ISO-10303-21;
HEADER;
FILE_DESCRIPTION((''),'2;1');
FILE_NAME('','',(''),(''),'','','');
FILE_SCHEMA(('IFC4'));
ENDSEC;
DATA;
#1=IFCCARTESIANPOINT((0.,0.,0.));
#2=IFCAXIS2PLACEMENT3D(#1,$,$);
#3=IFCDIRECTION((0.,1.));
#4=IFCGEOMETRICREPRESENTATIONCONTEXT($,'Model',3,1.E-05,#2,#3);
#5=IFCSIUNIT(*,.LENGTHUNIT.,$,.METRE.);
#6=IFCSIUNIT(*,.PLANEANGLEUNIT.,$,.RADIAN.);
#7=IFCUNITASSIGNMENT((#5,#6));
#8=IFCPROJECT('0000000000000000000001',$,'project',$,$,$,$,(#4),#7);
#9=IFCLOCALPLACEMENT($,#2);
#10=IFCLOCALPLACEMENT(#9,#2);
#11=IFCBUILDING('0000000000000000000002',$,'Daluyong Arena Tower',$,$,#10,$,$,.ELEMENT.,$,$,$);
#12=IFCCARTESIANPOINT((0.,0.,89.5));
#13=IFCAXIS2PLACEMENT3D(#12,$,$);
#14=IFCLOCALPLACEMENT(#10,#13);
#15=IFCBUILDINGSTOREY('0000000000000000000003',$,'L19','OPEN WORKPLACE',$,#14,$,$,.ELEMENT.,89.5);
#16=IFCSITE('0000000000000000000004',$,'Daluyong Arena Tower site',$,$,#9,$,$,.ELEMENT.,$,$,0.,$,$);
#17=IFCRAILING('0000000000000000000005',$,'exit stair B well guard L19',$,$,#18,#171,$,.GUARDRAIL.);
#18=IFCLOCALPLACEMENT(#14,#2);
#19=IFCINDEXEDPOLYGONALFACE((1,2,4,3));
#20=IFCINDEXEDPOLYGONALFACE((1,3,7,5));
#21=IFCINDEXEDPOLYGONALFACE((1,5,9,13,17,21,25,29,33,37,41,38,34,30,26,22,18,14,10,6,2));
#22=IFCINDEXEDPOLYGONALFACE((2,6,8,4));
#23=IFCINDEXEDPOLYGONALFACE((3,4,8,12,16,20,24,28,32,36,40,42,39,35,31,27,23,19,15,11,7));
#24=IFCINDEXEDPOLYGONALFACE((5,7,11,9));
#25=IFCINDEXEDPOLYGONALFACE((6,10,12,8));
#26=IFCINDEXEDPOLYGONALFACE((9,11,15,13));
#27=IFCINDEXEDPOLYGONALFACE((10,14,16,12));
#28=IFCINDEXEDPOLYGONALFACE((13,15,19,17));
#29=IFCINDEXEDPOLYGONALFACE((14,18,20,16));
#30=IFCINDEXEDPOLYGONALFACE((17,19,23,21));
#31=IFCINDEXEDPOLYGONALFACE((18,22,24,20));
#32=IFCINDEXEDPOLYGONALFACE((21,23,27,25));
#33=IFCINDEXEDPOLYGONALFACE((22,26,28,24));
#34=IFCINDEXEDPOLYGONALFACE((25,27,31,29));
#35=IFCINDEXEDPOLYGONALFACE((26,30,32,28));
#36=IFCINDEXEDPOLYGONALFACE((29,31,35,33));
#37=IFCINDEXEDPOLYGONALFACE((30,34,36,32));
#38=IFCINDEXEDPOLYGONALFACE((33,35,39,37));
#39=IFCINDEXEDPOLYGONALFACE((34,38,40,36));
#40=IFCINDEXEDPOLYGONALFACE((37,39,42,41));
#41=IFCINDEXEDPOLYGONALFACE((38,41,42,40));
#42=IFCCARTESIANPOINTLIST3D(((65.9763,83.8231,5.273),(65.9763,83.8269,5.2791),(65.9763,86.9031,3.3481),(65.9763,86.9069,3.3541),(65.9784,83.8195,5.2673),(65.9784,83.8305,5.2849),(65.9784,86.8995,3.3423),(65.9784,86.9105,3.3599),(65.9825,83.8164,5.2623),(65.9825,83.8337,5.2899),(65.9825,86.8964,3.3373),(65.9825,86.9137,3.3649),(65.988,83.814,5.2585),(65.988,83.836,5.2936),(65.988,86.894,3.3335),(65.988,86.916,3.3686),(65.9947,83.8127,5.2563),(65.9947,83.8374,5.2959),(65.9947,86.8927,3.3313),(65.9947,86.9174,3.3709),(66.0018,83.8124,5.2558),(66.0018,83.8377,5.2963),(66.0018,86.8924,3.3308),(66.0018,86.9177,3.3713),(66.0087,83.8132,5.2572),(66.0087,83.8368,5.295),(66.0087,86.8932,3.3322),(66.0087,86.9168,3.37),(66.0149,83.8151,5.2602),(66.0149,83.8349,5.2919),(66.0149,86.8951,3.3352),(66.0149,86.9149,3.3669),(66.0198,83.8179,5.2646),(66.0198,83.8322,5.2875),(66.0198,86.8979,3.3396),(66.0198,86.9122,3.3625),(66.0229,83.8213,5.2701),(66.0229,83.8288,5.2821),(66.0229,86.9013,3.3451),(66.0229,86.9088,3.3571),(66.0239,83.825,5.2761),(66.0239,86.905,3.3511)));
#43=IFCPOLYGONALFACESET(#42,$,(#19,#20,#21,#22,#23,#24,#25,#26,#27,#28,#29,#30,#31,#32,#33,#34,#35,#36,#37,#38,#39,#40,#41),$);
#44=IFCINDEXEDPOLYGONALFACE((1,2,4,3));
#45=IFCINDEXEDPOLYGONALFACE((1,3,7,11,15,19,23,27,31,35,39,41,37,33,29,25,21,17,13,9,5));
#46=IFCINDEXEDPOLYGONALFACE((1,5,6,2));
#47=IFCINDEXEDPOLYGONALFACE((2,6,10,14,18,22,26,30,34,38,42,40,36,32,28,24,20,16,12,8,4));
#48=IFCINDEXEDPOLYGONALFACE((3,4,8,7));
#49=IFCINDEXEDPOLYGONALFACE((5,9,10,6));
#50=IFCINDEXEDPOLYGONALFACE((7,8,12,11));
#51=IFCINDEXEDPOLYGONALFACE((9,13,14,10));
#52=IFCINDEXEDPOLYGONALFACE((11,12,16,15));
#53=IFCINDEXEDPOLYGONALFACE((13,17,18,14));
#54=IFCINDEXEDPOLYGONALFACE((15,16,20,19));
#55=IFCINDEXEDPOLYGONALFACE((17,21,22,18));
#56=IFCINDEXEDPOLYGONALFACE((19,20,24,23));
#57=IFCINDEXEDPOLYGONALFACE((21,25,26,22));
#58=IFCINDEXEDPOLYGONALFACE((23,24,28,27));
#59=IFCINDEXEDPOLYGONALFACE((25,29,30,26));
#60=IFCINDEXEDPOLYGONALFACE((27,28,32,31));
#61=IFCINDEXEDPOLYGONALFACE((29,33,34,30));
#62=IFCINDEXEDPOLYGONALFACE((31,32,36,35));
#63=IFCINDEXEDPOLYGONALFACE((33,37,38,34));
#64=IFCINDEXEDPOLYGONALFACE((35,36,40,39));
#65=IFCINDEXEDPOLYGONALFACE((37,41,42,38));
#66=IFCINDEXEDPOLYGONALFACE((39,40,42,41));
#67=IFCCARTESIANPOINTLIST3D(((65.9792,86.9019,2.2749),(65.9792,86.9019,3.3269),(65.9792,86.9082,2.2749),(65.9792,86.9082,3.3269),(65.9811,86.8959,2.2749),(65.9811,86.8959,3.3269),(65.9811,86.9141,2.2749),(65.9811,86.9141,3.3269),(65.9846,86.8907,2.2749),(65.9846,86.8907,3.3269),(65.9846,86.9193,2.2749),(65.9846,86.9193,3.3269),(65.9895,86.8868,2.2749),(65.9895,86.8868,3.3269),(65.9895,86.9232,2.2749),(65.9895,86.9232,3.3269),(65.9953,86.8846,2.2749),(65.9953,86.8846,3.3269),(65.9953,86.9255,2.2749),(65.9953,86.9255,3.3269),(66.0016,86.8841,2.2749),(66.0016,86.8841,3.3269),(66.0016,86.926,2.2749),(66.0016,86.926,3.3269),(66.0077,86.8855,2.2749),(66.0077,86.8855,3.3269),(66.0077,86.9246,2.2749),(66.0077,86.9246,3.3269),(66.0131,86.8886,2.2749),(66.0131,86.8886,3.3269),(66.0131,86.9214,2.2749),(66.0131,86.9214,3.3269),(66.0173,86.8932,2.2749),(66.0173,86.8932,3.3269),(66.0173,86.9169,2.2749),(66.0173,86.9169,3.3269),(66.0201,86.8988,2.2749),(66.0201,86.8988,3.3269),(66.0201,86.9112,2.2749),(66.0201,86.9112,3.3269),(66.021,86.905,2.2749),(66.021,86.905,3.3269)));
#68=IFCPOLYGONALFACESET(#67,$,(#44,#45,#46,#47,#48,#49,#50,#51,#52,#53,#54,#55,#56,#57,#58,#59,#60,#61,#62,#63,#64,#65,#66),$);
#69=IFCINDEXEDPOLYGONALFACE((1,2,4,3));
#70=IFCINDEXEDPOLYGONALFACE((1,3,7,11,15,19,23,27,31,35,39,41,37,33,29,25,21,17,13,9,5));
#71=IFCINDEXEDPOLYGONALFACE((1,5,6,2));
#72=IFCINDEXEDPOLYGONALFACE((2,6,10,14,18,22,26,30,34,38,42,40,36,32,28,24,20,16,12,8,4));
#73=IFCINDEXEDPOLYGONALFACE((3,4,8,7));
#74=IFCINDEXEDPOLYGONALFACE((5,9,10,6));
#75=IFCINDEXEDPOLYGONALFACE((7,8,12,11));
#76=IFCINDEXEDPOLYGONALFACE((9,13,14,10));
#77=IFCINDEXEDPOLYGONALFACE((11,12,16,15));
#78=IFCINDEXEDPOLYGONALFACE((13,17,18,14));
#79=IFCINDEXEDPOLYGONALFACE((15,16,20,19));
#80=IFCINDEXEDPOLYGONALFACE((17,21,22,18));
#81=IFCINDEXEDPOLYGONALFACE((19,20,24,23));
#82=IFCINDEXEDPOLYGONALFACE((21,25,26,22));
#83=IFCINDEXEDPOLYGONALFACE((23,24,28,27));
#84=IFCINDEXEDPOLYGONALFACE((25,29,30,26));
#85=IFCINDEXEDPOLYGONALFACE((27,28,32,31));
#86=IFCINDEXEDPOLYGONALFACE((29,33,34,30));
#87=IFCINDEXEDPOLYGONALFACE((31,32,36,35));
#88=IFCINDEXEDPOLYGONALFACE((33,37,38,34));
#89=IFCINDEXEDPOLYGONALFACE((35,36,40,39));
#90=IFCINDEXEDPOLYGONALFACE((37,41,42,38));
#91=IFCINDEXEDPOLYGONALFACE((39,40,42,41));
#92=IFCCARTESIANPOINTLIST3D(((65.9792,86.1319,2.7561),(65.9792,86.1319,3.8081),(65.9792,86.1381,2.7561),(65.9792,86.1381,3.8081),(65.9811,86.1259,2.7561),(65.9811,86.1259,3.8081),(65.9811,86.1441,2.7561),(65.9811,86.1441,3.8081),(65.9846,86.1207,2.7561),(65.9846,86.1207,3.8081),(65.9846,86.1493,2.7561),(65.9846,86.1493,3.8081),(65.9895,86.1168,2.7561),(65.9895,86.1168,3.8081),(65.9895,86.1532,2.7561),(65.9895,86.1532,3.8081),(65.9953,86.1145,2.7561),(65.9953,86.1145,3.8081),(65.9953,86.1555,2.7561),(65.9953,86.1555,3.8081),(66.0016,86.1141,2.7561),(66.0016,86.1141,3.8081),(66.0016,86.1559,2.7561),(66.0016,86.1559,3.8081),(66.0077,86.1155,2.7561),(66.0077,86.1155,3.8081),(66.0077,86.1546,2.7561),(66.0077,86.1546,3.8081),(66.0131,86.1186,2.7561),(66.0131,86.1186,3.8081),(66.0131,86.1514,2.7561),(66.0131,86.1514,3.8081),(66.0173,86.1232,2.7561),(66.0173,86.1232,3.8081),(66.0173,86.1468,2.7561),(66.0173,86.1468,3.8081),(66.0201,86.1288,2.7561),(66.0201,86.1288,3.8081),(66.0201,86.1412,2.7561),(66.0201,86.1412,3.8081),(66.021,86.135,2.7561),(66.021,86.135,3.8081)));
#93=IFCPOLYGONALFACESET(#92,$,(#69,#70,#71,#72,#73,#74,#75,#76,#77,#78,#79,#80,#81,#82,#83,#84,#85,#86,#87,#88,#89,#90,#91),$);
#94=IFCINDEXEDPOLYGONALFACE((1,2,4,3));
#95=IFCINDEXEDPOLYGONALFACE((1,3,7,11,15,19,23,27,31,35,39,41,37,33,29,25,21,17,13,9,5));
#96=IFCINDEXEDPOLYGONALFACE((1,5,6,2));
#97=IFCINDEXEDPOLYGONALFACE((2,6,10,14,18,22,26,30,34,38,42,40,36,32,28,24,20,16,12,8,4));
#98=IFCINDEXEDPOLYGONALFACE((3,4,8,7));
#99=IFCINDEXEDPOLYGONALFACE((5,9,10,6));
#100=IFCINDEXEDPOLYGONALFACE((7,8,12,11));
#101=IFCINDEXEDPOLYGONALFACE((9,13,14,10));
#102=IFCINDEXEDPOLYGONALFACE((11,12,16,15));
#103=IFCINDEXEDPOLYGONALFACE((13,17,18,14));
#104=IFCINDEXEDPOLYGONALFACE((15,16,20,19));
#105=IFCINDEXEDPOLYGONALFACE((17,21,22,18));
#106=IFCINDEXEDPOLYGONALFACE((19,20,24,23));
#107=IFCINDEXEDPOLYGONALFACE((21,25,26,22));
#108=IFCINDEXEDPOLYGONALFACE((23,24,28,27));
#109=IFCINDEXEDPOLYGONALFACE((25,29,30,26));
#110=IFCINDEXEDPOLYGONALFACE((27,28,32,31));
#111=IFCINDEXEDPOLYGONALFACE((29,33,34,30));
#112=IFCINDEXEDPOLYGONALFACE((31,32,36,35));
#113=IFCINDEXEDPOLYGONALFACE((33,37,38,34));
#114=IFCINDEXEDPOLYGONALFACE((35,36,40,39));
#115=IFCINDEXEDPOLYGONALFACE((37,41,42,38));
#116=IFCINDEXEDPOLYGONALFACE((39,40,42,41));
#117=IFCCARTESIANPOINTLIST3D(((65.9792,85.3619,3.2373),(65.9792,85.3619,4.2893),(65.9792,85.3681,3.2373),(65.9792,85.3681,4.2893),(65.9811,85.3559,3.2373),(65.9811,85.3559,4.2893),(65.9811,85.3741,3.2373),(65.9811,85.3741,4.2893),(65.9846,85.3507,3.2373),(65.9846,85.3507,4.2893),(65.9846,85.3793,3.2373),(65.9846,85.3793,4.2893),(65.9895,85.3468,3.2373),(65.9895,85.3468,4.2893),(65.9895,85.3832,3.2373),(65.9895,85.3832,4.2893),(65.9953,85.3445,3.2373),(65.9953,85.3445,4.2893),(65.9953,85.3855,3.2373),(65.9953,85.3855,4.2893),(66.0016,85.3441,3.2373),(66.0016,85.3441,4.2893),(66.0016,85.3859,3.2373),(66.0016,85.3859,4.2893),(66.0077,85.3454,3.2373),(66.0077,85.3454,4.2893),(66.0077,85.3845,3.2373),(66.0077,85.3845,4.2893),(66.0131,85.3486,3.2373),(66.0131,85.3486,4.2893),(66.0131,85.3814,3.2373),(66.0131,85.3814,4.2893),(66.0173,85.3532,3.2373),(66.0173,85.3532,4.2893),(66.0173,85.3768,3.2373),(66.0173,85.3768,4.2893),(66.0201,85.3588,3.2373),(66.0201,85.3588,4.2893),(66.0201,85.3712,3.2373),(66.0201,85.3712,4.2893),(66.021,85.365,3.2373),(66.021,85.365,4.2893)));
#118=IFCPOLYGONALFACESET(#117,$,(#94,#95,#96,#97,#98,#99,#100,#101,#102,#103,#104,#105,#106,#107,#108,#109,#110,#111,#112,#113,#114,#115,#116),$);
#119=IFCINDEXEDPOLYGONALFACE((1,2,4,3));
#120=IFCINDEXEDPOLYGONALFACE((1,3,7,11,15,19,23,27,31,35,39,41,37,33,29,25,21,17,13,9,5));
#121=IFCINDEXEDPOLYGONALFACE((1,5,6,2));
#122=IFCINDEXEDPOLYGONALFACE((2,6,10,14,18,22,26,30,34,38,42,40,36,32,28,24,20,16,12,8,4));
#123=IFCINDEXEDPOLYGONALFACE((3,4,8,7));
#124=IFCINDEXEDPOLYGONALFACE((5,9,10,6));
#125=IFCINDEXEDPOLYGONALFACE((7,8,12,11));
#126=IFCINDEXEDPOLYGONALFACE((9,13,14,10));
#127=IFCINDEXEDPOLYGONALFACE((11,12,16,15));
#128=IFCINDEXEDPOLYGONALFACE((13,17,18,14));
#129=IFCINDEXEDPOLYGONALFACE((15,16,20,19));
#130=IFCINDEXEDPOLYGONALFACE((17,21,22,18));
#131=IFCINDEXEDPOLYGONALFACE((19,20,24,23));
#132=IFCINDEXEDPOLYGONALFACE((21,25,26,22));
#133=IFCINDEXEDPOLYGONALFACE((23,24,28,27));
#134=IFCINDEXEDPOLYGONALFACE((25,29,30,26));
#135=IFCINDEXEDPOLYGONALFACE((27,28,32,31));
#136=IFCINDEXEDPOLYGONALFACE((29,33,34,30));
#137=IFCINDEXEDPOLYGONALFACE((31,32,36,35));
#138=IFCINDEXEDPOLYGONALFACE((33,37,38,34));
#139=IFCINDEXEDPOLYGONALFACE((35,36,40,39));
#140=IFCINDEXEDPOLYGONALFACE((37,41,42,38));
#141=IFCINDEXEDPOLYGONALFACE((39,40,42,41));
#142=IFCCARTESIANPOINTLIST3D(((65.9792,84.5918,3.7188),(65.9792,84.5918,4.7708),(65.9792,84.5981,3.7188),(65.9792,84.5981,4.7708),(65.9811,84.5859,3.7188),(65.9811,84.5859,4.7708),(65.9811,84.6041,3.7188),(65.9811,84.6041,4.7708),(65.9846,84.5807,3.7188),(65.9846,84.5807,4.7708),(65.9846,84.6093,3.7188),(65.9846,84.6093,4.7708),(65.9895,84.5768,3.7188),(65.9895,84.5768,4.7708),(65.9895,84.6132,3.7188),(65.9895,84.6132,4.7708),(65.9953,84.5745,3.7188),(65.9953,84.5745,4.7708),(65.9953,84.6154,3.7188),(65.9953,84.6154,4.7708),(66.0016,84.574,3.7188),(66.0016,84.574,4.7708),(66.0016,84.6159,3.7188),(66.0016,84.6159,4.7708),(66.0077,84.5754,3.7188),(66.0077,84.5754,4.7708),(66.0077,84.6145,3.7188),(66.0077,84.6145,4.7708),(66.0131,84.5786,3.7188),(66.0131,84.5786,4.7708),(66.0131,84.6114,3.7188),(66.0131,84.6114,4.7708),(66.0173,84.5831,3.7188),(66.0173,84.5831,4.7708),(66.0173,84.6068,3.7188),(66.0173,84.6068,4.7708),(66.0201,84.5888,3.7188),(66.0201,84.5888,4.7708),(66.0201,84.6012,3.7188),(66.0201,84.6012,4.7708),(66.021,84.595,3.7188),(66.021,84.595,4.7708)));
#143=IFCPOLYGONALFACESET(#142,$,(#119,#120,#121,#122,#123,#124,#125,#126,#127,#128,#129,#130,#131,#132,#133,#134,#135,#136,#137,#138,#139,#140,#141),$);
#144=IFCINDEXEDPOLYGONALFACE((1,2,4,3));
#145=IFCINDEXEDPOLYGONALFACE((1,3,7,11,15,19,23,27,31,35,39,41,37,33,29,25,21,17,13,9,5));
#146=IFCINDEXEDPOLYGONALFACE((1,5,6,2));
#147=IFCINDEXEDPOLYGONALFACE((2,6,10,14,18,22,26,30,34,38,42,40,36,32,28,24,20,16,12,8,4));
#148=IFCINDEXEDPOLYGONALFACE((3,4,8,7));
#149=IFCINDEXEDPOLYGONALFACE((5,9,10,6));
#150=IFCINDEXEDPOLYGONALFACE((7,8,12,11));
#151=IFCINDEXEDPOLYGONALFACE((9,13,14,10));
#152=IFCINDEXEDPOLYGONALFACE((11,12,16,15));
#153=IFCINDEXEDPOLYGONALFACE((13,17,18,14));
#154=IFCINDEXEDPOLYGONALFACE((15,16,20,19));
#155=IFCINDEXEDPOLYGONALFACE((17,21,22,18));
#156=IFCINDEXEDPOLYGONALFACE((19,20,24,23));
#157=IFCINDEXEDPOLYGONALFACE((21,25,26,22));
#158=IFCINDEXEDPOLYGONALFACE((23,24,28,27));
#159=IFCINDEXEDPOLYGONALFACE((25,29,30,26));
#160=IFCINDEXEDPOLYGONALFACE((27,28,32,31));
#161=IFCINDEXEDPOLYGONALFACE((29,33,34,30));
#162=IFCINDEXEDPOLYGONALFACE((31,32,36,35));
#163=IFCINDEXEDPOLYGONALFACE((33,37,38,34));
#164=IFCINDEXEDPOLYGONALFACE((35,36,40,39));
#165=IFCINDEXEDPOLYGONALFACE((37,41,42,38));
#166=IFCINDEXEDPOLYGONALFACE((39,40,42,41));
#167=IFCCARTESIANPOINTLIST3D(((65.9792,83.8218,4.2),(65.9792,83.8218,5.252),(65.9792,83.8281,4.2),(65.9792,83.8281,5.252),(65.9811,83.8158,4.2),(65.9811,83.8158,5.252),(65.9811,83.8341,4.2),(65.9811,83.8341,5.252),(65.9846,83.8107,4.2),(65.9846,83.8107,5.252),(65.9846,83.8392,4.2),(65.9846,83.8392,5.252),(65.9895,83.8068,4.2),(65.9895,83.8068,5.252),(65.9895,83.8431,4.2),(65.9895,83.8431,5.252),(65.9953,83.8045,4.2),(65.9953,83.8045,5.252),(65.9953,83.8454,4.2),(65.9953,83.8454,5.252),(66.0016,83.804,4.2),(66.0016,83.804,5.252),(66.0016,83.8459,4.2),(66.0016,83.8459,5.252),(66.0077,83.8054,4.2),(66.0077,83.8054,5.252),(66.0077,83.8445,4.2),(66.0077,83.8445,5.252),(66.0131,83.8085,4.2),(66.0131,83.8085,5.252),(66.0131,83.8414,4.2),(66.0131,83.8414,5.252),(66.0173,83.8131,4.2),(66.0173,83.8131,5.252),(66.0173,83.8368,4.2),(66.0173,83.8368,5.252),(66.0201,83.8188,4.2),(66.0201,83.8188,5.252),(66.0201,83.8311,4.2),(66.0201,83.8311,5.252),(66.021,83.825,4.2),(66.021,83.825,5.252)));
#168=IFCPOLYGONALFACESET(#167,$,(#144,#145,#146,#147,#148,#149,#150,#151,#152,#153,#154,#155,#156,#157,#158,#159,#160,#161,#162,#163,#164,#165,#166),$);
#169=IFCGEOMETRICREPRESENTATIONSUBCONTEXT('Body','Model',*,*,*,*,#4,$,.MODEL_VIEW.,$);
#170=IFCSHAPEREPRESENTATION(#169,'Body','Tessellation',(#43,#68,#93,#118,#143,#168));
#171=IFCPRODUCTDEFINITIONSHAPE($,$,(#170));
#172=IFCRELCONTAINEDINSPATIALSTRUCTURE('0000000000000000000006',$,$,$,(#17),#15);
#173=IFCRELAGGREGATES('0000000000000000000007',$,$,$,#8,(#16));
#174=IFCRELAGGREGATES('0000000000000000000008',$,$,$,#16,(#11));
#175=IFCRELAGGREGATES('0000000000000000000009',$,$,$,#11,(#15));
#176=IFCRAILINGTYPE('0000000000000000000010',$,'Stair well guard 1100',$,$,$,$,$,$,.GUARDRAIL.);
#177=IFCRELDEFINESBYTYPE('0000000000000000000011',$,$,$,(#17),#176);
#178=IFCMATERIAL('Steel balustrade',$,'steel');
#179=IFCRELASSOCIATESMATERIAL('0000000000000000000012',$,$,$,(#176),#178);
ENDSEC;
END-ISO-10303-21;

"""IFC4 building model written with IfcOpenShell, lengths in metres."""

from ifc_helpers import new_model, si_unit, direction, frame, origin, origin_2d, place, context, subcontext, project, spatial, circle, extrude, material, type_object, element, save


model = new_model("IFC4")

# Units and contexts
model_context = context("Model", 3, precision=1e-05, world=origin(), true_north=direction((0.0, 1.0)))
body_context = subcontext(model_context, "Body", "Model", "MODEL_VIEW")
ifc_project = project(units=[si_unit("LENGTHUNIT", "METRE"), si_unit("PLANEANGLEUNIT", "RADIAN")], contexts=[model_context])

# Site, building, storey
site_placement = place(None, origin())
site = spatial("IfcSite", under=ifc_project, at=site_placement, Name="Daluyong Arena Tower site", CompositionType="ELEMENT", RefElevation=0.0)
building_placement = place(site_placement, origin())
building = spatial("IfcBuilding", under=site, at=building_placement, Name="Daluyong Arena Tower", CompositionType="ELEMENT")
storey_placement = place(building_placement, frame((0.0, 0.0, 89.5)))
storey = spatial("IfcBuildingStorey", under=building, at=storey_placement, Name="L19", Description="OPEN WORKPLACE", CompositionType="ELEMENT", Elevation=89.5)

# Railing
ifc_material_1 = material(Name="Steel balustrade", Category="steel")
railing_type_1 = type_object("IfcRailingType", Name="Stair well guard 1100", PredefinedType="GUARDRAIL", material=ifc_material_1)
railing_1_placement = place(storey_placement, frame((66.0, 86.905, 2.2749)))
element("IfcRailing", 1, at=railing_1_placement, inside=storey, type_object=railing_type_1, Name="exit stair B well guard L19", PredefinedType="GUARDRAIL", context=body_context, shape_type="SweptSolid", body=[
    extrude(circle(Radius=0.0239, at=origin_2d()), frame((0.0, 0.0, 1.0762), z_axis=(0.0, -0.847998, 0.529999), x_axis=(1.0, 0.0, 0.0)), (0.0, 0.0, 1.0), 3.6321),
    extrude(circle(Radius=0.021, at=origin_2d()), origin(), (0.0, 0.0, 1.0), 1.052),
    extrude(circle(Radius=0.021, at=origin_2d()), frame((0.0, -0.77, 0.4812)), (0.0, 0.0, 1.0), 1.052),
    extrude(circle(Radius=0.021, at=origin_2d()), frame((0.0, -1.54, 0.9624)), (0.0, 0.0, 1.0), 1.052),
    extrude(circle(Radius=0.021, at=origin_2d()), frame((0.0, -2.3101, 1.4438)), (0.0, 0.0, 1.0), 1.052),
    extrude(circle(Radius=0.021, at=origin_2d()), frame((0.0, -3.0801, 1.925)), (0.0, 0.0, 1.0), 1.052),
])

save(model, "model.ifc")
